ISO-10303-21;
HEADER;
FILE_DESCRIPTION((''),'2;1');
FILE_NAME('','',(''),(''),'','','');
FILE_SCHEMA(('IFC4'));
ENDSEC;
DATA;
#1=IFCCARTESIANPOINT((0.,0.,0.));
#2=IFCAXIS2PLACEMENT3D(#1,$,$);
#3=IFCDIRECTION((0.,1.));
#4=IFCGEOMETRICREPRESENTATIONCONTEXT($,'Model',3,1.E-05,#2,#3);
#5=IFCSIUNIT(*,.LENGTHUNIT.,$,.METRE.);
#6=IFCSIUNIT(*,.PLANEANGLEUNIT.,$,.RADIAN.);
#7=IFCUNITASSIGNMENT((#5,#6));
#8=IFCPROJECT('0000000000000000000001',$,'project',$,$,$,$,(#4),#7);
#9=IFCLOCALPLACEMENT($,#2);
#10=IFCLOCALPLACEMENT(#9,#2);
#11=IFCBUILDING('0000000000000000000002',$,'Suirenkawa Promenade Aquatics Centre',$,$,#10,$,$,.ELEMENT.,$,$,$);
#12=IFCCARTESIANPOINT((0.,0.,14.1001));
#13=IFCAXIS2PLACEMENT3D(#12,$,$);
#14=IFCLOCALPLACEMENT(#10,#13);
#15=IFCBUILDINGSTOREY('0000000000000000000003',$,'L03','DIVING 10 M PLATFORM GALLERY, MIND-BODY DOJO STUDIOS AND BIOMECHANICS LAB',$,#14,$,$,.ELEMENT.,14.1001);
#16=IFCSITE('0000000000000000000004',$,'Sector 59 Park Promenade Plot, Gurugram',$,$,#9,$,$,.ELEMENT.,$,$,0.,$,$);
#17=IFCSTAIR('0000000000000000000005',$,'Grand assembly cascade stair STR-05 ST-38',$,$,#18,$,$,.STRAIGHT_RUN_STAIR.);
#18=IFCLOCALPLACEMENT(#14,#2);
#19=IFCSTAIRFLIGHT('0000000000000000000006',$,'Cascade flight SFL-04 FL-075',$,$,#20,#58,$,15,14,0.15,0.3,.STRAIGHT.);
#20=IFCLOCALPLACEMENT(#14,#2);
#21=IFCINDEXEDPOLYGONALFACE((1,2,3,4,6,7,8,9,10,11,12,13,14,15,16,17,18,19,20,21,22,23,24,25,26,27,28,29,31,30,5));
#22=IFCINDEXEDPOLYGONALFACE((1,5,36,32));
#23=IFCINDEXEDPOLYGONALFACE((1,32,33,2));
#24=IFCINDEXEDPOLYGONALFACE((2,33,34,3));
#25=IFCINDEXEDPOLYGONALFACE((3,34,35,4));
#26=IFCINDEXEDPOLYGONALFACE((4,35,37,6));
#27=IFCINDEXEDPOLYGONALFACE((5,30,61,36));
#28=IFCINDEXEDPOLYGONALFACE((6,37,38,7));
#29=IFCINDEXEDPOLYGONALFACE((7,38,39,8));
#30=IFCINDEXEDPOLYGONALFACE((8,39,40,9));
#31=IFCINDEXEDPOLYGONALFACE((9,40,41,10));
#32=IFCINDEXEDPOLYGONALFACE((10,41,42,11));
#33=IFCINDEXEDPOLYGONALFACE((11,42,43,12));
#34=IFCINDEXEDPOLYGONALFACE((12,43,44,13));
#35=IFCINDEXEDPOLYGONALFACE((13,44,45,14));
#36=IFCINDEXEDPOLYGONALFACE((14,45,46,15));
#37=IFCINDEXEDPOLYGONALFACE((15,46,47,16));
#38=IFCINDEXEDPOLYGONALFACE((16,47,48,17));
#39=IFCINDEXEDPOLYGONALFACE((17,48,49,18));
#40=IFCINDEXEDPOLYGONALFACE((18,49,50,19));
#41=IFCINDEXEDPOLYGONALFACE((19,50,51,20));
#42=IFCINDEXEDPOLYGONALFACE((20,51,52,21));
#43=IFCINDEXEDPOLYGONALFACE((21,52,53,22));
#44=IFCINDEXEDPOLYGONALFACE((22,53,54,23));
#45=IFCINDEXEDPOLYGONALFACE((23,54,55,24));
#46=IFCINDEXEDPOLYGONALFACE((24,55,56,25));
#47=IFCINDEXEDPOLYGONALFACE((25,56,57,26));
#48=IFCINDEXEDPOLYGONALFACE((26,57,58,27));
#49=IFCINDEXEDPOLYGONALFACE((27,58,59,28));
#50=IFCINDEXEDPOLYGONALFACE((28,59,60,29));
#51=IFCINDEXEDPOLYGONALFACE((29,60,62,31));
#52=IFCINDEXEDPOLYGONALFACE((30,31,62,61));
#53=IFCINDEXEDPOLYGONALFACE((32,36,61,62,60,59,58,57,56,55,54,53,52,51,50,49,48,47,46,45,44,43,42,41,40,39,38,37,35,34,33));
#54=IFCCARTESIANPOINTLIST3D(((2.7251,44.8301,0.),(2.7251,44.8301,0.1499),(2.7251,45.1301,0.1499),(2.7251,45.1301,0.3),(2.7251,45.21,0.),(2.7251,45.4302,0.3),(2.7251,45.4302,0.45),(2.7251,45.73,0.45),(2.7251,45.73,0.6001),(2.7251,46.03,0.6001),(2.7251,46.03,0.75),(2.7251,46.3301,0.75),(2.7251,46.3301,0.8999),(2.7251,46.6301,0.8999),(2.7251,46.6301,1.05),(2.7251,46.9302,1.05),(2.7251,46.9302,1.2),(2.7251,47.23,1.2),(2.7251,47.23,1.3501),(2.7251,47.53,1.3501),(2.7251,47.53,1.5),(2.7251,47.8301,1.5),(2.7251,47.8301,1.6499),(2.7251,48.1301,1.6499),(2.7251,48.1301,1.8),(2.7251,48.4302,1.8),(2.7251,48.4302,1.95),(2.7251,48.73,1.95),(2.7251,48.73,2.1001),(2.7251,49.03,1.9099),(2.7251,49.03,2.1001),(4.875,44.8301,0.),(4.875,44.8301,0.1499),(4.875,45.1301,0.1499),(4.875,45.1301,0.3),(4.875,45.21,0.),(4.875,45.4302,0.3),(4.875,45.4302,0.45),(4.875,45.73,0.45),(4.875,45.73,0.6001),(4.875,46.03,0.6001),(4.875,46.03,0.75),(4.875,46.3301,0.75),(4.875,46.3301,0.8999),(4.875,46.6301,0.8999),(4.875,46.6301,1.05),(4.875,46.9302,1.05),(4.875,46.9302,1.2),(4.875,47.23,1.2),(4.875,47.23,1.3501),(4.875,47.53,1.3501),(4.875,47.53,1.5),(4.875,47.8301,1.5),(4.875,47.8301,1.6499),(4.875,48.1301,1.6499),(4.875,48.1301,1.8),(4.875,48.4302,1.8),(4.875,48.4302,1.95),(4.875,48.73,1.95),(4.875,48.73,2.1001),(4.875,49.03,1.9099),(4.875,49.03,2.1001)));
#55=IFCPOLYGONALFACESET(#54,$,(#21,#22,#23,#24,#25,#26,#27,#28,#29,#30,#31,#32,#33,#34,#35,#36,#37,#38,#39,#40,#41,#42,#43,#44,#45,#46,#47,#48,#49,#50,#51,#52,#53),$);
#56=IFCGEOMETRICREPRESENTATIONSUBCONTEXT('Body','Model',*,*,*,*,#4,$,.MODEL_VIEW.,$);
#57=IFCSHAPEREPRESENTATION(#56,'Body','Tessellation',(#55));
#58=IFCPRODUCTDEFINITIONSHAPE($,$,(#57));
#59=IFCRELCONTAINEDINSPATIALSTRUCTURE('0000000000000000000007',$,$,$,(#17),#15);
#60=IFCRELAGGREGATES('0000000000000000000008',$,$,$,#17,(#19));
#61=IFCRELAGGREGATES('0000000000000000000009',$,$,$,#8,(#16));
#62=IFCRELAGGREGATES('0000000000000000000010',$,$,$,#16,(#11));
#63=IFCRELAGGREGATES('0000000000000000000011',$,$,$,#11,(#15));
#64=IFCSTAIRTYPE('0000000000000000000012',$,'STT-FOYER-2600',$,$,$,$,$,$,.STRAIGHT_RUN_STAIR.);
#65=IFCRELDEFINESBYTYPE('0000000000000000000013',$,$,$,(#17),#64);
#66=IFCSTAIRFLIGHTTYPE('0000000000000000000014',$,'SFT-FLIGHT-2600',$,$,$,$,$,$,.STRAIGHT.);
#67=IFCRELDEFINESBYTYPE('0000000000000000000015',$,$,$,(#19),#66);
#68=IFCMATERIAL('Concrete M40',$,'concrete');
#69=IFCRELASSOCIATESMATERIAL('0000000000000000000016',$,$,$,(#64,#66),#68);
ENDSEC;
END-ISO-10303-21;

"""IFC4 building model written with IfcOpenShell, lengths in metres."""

from ifc_helpers import new_model, si_unit, direction, frame, origin, place, context, subcontext, project, spatial, polyline, outline, extrude, material, type_object, element, aggregate, save


model = new_model("IFC4")

# Units and contexts
model_context = context("Model", 3, precision=1e-05, world=origin(), true_north=direction((0.0, 1.0)))
body_context = subcontext(model_context, "Body", "Model", "MODEL_VIEW")
ifc_project = project(units=[si_unit("LENGTHUNIT", "METRE"), si_unit("PLANEANGLEUNIT", "RADIAN")], contexts=[model_context])

# Site, building, storey
site_placement = place(None, origin())
site = spatial("IfcSite", under=ifc_project, at=site_placement, Name="Sector 59 Park Promenade Plot, Gurugram", CompositionType="ELEMENT", RefElevation=0.0)
building_placement = place(site_placement, origin())
building = spatial("IfcBuilding", under=site, at=building_placement, Name="Suirenkawa Promenade Aquatics Centre", CompositionType="ELEMENT")
storey_placement = place(building_placement, frame((0.0, 0.0, 14.1001)))
storey = spatial("IfcBuildingStorey", under=building, at=storey_placement, Name="L03", Description="DIVING 10 M PLATFORM GALLERY, MIND-BODY DOJO STUDIOS AND BIOMECHANICS LAB", CompositionType="ELEMENT", Elevation=14.1001)

# Stair, stair flight
ifc_material_1 = material(Name="Concrete M40", Category="concrete")
stair_type = type_object("IfcStairType", Name="STT-FOYER-2600", PredefinedType="STRAIGHT_RUN_STAIR", material=ifc_material_1)
stair_placement = place(storey_placement, origin())
stair = element("IfcStair", 1, at=stair_placement, inside=storey, type_object=stair_type, Name="Grand assembly cascade stair STR-05 ST-38", PredefinedType="STRAIGHT_RUN_STAIR")
stair_flight_type = type_object("IfcStairFlightType", Name="SFT-FLIGHT-2600", PredefinedType="STRAIGHT", material=ifc_material_1)
stair_flight_placement = place(storey_placement, frame((3.8, 44.8301, 0.0), z_axis=(0.0, 0.0, 1.0), x_axis=(0.0, 1.0, 0.0)))
stair_flight = element("IfcStairFlight", 2, at=stair_flight_placement, type_object=stair_flight_type, Name="Cascade flight SFL-04 FL-075", NumberOfRisers=15, NumberOfTreads=14, PredefinedType="STRAIGHT", RiserHeight=0.15, TreadLength=0.3, context=body_context, shape_type="SweptSolid", body=[
    extrude(outline(polyline([(0.0, 0.0), (0.0, 0.1499), (0.3, 0.1499), (0.3, 0.3), (0.6001, 0.3), (0.6001, 0.45), (0.8999, 0.45), (0.8999, 0.6001), (1.2, 0.6001), (1.2, 0.75), (1.5, 0.75), (1.5, 0.8999), (1.8, 0.8999), (1.8, 1.05), (2.1001, 1.05), (2.1001, 1.2), (2.3999, 1.2), (2.3999, 1.3501), (2.7, 1.3501), (2.7, 1.5), (3.0, 1.5), (3.0, 1.6499), (3.3, 1.6499), (3.3, 1.8), (3.6001, 1.8), (3.6001, 1.95), (3.8999, 1.95), (3.8999, 2.1001), (4.2, 2.1001), (4.2, 2.25), (4.2, 1.9099), (0.3799, 0.0), (0.0, 0.0)])), frame((0.0, 1.075, 0.0), z_axis=(0.0, -1.0, 0.0), x_axis=(1.0, 0.0, 0.0)), (0.0, 0.0, 1.0), 2.1499),
])
aggregate(stair, [stair_flight])

save(model, "model.ifc")
